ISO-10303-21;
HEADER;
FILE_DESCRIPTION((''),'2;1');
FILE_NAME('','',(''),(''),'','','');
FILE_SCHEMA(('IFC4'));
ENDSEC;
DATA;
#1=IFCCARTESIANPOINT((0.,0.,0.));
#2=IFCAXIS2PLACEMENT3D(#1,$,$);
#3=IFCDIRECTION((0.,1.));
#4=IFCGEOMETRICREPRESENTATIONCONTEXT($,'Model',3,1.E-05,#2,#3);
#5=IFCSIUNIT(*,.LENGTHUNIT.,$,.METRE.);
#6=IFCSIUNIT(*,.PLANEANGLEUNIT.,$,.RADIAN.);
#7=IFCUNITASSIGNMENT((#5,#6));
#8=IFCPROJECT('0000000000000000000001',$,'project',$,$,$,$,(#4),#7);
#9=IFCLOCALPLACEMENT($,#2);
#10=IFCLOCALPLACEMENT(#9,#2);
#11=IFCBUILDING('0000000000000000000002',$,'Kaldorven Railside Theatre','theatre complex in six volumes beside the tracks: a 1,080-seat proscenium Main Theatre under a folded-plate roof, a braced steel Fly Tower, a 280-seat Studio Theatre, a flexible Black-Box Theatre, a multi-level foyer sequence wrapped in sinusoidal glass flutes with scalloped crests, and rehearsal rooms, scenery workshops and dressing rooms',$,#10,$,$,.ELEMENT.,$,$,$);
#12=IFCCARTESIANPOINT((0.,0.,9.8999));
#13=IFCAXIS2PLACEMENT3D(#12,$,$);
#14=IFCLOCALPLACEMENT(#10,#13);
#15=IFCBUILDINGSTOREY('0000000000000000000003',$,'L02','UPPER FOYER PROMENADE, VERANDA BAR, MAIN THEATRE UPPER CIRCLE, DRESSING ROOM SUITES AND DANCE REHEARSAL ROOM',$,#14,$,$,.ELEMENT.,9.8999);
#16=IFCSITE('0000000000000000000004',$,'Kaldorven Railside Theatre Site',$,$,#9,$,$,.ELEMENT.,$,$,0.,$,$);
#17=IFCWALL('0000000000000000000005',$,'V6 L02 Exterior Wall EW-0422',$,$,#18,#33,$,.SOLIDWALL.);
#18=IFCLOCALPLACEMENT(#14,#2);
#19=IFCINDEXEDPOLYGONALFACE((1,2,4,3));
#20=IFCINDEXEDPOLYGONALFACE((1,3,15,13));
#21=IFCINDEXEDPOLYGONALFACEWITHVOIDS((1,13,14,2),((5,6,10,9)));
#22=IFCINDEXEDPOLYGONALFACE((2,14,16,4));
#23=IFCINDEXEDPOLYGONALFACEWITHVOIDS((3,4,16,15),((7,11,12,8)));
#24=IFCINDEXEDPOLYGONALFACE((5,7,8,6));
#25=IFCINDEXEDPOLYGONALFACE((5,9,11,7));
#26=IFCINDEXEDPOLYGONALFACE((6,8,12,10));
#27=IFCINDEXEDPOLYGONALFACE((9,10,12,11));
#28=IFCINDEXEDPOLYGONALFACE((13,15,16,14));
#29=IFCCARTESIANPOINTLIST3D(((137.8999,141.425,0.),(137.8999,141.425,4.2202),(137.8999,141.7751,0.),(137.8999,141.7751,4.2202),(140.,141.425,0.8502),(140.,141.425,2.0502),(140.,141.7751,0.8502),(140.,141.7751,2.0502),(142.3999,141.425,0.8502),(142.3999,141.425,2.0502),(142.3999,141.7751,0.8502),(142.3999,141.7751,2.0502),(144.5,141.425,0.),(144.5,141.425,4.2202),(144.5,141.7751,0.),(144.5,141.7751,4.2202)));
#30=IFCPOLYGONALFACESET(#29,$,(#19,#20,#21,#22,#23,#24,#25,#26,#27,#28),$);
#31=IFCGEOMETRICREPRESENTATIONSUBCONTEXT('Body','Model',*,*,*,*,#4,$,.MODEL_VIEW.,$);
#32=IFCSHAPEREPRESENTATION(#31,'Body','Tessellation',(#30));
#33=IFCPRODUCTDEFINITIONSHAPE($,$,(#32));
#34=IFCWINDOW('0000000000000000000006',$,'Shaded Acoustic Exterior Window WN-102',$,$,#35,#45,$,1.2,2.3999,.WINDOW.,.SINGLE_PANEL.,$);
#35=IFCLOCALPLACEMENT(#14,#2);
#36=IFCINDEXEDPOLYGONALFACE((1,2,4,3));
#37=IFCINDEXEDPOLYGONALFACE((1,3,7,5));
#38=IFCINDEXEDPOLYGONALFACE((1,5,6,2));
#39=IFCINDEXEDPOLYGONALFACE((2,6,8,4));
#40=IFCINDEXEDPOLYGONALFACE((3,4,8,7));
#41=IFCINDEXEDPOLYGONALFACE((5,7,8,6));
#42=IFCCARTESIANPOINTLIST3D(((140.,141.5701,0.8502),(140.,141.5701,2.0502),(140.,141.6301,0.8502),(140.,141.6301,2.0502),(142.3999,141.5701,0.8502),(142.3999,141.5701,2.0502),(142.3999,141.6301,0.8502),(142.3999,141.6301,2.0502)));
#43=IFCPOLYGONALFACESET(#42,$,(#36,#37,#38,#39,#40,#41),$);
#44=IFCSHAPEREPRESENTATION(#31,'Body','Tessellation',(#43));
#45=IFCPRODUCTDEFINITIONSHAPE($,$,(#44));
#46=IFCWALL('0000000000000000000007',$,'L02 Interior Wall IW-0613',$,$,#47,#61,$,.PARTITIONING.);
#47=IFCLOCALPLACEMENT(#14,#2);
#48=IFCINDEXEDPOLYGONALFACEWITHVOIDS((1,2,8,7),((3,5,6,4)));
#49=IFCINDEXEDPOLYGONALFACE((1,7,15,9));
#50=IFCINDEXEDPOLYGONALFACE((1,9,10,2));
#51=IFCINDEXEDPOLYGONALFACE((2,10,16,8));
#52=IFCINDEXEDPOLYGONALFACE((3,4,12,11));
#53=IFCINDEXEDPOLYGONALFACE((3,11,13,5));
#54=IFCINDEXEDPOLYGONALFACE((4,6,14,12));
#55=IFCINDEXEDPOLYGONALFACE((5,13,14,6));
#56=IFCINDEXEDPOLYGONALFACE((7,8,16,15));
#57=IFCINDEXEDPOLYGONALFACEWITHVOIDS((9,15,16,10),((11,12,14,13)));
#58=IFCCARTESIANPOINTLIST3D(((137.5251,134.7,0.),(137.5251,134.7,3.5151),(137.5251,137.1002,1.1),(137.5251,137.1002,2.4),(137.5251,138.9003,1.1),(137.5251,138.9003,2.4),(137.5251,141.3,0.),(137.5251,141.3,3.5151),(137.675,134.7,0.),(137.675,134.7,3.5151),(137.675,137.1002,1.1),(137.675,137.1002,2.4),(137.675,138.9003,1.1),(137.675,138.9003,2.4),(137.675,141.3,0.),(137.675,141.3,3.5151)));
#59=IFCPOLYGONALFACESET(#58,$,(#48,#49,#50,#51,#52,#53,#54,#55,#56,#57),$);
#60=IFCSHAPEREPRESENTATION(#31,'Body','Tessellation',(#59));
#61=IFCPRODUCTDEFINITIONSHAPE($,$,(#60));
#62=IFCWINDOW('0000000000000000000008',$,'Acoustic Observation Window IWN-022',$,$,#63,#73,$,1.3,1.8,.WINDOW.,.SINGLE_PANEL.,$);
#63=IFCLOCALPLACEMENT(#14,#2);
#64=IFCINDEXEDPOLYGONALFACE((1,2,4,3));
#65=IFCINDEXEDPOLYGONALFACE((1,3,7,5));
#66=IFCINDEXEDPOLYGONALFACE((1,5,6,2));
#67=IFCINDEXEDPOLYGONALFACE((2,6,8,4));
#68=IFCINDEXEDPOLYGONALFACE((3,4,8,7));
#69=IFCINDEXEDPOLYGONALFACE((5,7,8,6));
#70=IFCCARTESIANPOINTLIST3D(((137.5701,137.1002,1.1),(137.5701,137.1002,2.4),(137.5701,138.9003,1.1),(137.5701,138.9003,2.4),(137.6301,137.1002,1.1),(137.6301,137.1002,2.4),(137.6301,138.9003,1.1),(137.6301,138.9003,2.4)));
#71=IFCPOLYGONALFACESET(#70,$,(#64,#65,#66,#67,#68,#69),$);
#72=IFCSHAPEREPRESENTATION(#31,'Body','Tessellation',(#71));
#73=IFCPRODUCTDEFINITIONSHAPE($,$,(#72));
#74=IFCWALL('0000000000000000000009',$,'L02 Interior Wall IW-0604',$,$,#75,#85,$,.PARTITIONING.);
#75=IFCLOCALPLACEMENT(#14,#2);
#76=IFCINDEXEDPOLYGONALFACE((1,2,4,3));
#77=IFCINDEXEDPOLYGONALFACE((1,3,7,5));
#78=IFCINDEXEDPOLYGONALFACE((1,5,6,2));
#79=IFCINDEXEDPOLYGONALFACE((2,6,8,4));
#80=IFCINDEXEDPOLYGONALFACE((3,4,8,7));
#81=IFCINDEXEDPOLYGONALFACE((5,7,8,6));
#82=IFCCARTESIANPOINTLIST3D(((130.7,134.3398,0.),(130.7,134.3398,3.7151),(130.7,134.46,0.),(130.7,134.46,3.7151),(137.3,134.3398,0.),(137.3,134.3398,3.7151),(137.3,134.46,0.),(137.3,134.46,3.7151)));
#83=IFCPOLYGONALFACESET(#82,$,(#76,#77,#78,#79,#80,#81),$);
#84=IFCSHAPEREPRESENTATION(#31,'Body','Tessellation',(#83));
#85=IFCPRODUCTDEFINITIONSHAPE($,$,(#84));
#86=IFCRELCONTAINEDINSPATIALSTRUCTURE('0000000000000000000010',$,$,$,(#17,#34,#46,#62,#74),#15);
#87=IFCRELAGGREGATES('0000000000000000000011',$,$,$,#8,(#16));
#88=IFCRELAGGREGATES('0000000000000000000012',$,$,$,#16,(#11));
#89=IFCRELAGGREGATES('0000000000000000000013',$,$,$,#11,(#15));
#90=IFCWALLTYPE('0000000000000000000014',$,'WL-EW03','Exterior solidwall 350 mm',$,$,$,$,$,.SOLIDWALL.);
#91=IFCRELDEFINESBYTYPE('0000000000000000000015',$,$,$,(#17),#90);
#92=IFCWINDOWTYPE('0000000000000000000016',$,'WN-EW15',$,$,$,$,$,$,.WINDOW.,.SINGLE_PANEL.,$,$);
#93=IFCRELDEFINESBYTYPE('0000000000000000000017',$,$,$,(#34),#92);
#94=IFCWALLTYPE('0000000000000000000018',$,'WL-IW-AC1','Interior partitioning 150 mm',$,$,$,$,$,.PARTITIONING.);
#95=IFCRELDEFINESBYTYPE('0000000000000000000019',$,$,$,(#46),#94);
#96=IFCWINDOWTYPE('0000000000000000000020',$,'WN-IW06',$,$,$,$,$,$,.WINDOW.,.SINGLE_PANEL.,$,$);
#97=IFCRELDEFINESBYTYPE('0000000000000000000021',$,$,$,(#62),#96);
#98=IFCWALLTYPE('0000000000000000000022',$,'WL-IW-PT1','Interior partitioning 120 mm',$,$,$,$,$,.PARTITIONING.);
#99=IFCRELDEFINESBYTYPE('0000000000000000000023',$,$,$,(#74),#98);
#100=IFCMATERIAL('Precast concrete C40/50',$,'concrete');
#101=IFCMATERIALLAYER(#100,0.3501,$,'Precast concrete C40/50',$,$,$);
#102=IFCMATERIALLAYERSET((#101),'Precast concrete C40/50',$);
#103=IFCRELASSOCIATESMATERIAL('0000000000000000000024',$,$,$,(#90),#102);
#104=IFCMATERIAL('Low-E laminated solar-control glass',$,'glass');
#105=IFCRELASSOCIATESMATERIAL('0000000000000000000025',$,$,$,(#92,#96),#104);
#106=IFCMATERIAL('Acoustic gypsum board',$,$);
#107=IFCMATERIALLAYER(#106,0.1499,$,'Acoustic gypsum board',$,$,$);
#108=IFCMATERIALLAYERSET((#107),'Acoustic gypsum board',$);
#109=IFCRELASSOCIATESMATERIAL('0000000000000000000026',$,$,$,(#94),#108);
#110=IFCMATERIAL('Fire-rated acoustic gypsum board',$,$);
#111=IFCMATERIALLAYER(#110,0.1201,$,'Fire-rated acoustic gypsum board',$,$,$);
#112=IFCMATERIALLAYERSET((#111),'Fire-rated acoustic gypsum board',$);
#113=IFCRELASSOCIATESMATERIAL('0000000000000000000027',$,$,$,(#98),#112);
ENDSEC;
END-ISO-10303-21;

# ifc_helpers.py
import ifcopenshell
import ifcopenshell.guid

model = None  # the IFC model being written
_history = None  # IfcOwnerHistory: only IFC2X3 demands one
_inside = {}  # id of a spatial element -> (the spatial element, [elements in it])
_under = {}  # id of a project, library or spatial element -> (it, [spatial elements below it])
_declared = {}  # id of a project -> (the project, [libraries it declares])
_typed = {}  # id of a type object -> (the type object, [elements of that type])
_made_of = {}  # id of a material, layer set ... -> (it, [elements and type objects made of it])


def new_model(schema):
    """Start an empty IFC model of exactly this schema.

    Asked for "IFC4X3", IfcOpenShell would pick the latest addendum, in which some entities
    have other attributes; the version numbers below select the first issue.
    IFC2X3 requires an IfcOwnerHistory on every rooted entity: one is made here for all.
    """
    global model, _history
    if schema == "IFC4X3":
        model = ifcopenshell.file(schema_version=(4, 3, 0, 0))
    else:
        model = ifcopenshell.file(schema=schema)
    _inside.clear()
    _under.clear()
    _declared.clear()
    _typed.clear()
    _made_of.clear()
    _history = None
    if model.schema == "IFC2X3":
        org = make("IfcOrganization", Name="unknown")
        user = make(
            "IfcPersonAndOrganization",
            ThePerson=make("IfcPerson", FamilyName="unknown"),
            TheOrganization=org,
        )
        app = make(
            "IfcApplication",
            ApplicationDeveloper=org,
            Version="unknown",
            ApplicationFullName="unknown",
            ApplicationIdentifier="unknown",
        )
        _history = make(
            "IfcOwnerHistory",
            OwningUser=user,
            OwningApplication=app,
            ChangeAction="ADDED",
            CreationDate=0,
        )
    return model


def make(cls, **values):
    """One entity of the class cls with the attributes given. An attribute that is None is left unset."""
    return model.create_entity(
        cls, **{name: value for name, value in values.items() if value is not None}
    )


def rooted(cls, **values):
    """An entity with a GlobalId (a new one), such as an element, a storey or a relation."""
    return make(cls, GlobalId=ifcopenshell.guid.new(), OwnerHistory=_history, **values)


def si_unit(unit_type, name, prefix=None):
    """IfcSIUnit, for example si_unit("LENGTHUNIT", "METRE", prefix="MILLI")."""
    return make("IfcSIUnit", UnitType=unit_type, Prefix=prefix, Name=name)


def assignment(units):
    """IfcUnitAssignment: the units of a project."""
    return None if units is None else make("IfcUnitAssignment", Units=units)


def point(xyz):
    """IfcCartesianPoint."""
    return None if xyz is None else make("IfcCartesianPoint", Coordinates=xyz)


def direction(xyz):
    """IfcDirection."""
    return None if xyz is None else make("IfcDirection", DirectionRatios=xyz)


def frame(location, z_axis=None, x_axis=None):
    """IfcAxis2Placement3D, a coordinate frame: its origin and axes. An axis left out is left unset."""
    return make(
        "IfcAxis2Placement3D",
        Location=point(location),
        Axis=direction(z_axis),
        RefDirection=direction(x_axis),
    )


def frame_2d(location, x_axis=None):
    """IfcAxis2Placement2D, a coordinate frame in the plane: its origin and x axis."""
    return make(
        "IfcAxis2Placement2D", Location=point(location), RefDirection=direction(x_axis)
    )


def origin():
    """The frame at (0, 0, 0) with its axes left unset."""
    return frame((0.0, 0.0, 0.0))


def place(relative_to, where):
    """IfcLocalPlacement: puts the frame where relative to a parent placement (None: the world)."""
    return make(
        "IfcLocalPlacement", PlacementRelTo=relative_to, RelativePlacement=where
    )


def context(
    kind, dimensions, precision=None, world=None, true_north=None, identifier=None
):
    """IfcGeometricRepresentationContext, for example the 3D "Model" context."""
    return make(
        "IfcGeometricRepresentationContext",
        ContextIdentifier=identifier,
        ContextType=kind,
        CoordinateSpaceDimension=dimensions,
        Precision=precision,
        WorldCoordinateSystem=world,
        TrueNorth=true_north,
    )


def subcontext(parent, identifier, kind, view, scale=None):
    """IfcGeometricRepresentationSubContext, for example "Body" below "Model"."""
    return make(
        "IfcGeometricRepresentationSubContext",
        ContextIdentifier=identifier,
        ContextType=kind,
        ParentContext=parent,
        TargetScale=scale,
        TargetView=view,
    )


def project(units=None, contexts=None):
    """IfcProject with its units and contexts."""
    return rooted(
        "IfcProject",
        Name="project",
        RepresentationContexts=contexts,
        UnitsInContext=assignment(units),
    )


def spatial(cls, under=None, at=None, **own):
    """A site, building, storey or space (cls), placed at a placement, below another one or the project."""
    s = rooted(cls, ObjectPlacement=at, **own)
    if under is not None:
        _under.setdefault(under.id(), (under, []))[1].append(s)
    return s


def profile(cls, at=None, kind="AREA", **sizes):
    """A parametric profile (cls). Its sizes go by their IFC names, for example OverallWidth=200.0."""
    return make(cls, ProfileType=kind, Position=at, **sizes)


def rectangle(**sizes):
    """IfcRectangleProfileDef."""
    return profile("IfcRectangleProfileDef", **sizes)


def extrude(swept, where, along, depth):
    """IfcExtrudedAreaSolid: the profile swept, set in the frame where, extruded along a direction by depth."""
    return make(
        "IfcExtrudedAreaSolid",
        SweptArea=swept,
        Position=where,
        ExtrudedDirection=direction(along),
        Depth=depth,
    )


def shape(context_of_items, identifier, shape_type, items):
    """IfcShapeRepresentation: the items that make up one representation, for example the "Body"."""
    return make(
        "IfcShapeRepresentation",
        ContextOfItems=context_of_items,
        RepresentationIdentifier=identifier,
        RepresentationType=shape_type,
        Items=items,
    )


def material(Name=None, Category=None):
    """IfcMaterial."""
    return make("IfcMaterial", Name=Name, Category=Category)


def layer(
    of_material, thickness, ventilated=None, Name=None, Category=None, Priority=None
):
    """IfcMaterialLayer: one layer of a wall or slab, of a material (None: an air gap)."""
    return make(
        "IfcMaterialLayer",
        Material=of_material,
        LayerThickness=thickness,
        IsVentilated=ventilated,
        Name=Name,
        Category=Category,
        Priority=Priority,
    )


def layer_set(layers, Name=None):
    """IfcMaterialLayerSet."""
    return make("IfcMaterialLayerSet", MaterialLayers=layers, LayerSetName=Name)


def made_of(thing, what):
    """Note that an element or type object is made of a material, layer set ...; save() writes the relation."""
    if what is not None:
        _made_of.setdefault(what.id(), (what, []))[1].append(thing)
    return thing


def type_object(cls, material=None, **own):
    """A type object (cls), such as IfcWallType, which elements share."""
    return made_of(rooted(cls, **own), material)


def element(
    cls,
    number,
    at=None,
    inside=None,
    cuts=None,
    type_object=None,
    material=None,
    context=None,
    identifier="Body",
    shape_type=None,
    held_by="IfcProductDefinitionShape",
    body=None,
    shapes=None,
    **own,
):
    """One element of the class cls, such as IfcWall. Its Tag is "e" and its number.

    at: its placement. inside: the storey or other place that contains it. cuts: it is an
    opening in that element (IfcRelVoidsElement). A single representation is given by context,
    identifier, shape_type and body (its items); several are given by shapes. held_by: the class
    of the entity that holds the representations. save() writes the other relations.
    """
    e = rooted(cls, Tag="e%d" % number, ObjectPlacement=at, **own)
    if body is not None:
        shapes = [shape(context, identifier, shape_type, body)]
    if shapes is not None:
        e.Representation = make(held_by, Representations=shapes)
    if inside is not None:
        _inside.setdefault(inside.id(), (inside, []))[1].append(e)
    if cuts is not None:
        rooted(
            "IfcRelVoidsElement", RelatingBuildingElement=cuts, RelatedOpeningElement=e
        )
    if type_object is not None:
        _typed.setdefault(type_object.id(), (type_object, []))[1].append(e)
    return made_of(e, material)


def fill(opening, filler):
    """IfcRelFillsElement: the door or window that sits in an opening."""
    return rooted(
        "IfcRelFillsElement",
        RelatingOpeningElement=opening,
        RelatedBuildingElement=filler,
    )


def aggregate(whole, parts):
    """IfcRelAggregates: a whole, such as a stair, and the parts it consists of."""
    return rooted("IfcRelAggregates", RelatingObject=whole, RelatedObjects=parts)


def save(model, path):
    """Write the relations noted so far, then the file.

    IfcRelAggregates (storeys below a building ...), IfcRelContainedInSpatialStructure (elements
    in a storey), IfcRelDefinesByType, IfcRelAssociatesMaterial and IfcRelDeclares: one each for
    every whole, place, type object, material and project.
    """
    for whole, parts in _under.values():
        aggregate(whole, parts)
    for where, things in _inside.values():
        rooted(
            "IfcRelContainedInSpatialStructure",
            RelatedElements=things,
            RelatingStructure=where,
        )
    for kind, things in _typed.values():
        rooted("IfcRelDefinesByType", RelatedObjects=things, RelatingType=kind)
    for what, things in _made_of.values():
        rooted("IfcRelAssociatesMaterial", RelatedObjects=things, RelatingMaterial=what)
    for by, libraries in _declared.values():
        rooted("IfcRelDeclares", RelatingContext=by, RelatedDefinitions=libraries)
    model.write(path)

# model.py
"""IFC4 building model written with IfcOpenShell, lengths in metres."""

from ifc_helpers import new_model, si_unit, direction, frame, frame_2d, origin, place, context, subcontext, project, spatial, rectangle, extrude, material, layer, layer_set, type_object, element, fill, save


model = new_model("IFC4")

# Units and contexts
model_context = context("Model", 3, precision=1e-05, world=origin(), true_north=direction((0.0, 1.0)))
body_context = subcontext(model_context, "Body", "Model", "MODEL_VIEW")
ifc_project = project(units=[si_unit("LENGTHUNIT", "METRE"), si_unit("PLANEANGLEUNIT", "RADIAN")], contexts=[model_context])

# Site, building, storey
site_placement = place(None, origin())
site = spatial("IfcSite", under=ifc_project, at=site_placement, Name="Kaldorven Railside Theatre Site", CompositionType="ELEMENT", RefElevation=0.0)
building_placement = place(site_placement, origin())
building = spatial("IfcBuilding", under=site, at=building_placement, Name="Kaldorven Railside Theatre", Description="theatre complex in six volumes beside the tracks: a 1,080-seat proscenium Main Theatre under a folded-plate roof, a braced steel Fly Tower, a 280-seat Studio Theatre, a flexible Black-Box Theatre, a multi-level foyer sequence wrapped in sinusoidal glass flutes with scalloped crests, and rehearsal rooms, scenery workshops and dressing rooms", CompositionType="ELEMENT")
storey_placement = place(building_placement, frame((0.0, 0.0, 9.8999)))
storey = spatial("IfcBuildingStorey", under=building, at=storey_placement, Name="L02", Description="UPPER FOYER PROMENADE, VERANDA BAR, MAIN THEATRE UPPER CIRCLE, DRESSING ROOM SUITES AND DANCE REHEARSAL ROOM", CompositionType="ELEMENT", Elevation=9.8999)

# Walls, openings, windows
ifc_material_1 = material(Name="Precast concrete C40/50", Category="concrete")
ifc_layer_1 = layer(ifc_material_1, 0.3501, Name="Precast concrete C40/50")
ifc_layer_set_1 = layer_set([ifc_layer_1], Name="Precast concrete C40/50")
wall_type_1 = type_object("IfcWallType", Name="WL-EW03", Description="Exterior solidwall 350 mm", PredefinedType="SOLIDWALL", material=ifc_layer_set_1)
ifc_material_2 = material(Name="Low-E laminated solar-control glass", Category="glass")
wall_1_placement = place(storey_placement, frame((137.8999, 141.6001, 0.0), z_axis=(0.0, 0.0, 1.0), x_axis=(1.0, 0.0, 0.0)))
wall_1 = element("IfcWall", 1, at=wall_1_placement, inside=storey, type_object=wall_type_1, Name="V6 L02 Exterior Wall EW-0422", PredefinedType="SOLIDWALL", context=body_context, shape_type="SweptSolid", body=[
    extrude(rectangle(XDim=6.6001, YDim=0.3501, at=frame_2d((3.3, 0.0))), origin(), (0.0, 0.0, 1.0), 4.2202),
])
opening_1_placement = place(wall_1_placement, frame((2.1001, 0.0, 0.8501)))
opening_1 = element("IfcOpeningElement", 2, at=opening_1_placement, cuts=wall_1, PredefinedType="OPENING", context=body_context, shape_type="SweptSolid", body=[
    extrude(rectangle(XDim=2.3999, YDim=1.2, at=frame_2d((1.2, 0.6001))), frame((0.0, 0.1851, 0.0), z_axis=(0.0, -1.0, 0.0), x_axis=(1.0, 0.0, 0.0)), (0.0, 0.0, 1.0), 0.3701),
])
window_type_1 = type_object("IfcWindowType", Name="WN-EW15", PartitioningType="SINGLE_PANEL", PredefinedType="WINDOW", material=ifc_material_2)
window_1_placement = place(opening_1_placement, origin())
window_1 = element("IfcWindow", 3, at=window_1_placement, inside=storey, type_object=window_type_1, Name="Shaded Acoustic Exterior Window WN-102", OverallHeight=1.2, OverallWidth=2.3999, PartitioningType="SINGLE_PANEL", PredefinedType="WINDOW", context=body_context, shape_type="SweptSolid", body=[
    extrude(rectangle(XDim=2.3999, YDim=1.2, at=frame_2d((1.2, 0.6001))), frame((0.0, 0.03, 0.0), z_axis=(0.0, -1.0, 0.0), x_axis=(1.0, 0.0, 0.0)), (0.0, 0.0, 1.0), 0.0601),
])
fill(opening_1, window_1)
ifc_material_3 = material(Name="Acoustic gypsum board")
ifc_layer_2 = layer(ifc_material_3, 0.1499, Name="Acoustic gypsum board")
ifc_layer_set_2 = layer_set([ifc_layer_2], Name="Acoustic gypsum board")
wall_type_2 = type_object("IfcWallType", Name="WL-IW-AC1", Description="Interior partitioning 150 mm", PredefinedType="PARTITIONING", material=ifc_layer_set_2)
wall_2_placement = place(storey_placement, frame((137.6001, 141.3, 0.0), z_axis=(0.0, 0.0, 1.0), x_axis=(0.0, -1.0, 0.0)))
wall_2 = element("IfcWall", 4, at=wall_2_placement, inside=storey, type_object=wall_type_2, Name="L02 Interior Wall IW-0613", PredefinedType="PARTITIONING", context=body_context, shape_type="SweptSolid", body=[
    extrude(rectangle(XDim=6.6001, YDim=0.1499, at=frame_2d((3.3, 0.0))), origin(), (0.0, 0.0, 1.0), 3.5151),
])
opening_2_placement = place(wall_2_placement, frame((2.3999, 0.0, 1.1001)))
opening_2 = element("IfcOpeningElement", 5, at=opening_2_placement, cuts=wall_2, PredefinedType="OPENING", context=body_context, shape_type="SweptSolid", body=[
    extrude(rectangle(XDim=1.8, YDim=1.3, at=frame_2d((0.8999, 0.6499))), frame((0.0, 0.085, 0.0), z_axis=(0.0, -1.0, 0.0), x_axis=(1.0, 0.0, 0.0)), (0.0, 0.0, 1.0), 0.1699),
])
window_type_2 = type_object("IfcWindowType", Name="WN-IW06", PartitioningType="SINGLE_PANEL", PredefinedType="WINDOW", material=ifc_material_2)
window_2_placement = place(opening_2_placement, origin())
window_2 = element("IfcWindow", 6, at=window_2_placement, inside=storey, type_object=window_type_2, Name="Acoustic Observation Window IWN-022", OverallHeight=1.3, OverallWidth=1.8, PartitioningType="SINGLE_PANEL", PredefinedType="WINDOW", context=body_context, shape_type="SweptSolid", body=[
    extrude(rectangle(XDim=1.8, YDim=1.3, at=frame_2d((0.8999, 0.6499))), frame((0.0, 0.03, 0.0), z_axis=(0.0, -1.0, 0.0), x_axis=(1.0, 0.0, 0.0)), (0.0, 0.0, 1.0), 0.0601),
])
fill(opening_2, window_2)

# Wall
ifc_material_4 = material(Name="Fire-rated acoustic gypsum board")
ifc_layer_3 = layer(ifc_material_4, 0.1201, Name="Fire-rated acoustic gypsum board")
ifc_layer_set_3 = layer_set([ifc_layer_3], Name="Fire-rated acoustic gypsum board")
wall_type_3 = type_object("IfcWallType", Name="WL-IW-PT1", Description="Interior partitioning 120 mm", PredefinedType="PARTITIONING", material=ifc_layer_set_3)
wall_3_placement = place(storey_placement, frame((137.3, 134.3999, 0.0), z_axis=(0.0, 0.0, 1.0), x_axis=(-1.0, 0.0, 0.0)))
element("IfcWall", 7, at=wall_3_placement, inside=storey, type_object=wall_type_3, Name="L02 Interior Wall IW-0604", PredefinedType="PARTITIONING", context=body_context, shape_type="SweptSolid", body=[
    extrude(rectangle(XDim=6.6001, YDim=0.1201, at=frame_2d((3.3, 0.0))), origin(), (0.0, 0.0, 1.0), 3.7151),
])

save(model, "model.ifc")
